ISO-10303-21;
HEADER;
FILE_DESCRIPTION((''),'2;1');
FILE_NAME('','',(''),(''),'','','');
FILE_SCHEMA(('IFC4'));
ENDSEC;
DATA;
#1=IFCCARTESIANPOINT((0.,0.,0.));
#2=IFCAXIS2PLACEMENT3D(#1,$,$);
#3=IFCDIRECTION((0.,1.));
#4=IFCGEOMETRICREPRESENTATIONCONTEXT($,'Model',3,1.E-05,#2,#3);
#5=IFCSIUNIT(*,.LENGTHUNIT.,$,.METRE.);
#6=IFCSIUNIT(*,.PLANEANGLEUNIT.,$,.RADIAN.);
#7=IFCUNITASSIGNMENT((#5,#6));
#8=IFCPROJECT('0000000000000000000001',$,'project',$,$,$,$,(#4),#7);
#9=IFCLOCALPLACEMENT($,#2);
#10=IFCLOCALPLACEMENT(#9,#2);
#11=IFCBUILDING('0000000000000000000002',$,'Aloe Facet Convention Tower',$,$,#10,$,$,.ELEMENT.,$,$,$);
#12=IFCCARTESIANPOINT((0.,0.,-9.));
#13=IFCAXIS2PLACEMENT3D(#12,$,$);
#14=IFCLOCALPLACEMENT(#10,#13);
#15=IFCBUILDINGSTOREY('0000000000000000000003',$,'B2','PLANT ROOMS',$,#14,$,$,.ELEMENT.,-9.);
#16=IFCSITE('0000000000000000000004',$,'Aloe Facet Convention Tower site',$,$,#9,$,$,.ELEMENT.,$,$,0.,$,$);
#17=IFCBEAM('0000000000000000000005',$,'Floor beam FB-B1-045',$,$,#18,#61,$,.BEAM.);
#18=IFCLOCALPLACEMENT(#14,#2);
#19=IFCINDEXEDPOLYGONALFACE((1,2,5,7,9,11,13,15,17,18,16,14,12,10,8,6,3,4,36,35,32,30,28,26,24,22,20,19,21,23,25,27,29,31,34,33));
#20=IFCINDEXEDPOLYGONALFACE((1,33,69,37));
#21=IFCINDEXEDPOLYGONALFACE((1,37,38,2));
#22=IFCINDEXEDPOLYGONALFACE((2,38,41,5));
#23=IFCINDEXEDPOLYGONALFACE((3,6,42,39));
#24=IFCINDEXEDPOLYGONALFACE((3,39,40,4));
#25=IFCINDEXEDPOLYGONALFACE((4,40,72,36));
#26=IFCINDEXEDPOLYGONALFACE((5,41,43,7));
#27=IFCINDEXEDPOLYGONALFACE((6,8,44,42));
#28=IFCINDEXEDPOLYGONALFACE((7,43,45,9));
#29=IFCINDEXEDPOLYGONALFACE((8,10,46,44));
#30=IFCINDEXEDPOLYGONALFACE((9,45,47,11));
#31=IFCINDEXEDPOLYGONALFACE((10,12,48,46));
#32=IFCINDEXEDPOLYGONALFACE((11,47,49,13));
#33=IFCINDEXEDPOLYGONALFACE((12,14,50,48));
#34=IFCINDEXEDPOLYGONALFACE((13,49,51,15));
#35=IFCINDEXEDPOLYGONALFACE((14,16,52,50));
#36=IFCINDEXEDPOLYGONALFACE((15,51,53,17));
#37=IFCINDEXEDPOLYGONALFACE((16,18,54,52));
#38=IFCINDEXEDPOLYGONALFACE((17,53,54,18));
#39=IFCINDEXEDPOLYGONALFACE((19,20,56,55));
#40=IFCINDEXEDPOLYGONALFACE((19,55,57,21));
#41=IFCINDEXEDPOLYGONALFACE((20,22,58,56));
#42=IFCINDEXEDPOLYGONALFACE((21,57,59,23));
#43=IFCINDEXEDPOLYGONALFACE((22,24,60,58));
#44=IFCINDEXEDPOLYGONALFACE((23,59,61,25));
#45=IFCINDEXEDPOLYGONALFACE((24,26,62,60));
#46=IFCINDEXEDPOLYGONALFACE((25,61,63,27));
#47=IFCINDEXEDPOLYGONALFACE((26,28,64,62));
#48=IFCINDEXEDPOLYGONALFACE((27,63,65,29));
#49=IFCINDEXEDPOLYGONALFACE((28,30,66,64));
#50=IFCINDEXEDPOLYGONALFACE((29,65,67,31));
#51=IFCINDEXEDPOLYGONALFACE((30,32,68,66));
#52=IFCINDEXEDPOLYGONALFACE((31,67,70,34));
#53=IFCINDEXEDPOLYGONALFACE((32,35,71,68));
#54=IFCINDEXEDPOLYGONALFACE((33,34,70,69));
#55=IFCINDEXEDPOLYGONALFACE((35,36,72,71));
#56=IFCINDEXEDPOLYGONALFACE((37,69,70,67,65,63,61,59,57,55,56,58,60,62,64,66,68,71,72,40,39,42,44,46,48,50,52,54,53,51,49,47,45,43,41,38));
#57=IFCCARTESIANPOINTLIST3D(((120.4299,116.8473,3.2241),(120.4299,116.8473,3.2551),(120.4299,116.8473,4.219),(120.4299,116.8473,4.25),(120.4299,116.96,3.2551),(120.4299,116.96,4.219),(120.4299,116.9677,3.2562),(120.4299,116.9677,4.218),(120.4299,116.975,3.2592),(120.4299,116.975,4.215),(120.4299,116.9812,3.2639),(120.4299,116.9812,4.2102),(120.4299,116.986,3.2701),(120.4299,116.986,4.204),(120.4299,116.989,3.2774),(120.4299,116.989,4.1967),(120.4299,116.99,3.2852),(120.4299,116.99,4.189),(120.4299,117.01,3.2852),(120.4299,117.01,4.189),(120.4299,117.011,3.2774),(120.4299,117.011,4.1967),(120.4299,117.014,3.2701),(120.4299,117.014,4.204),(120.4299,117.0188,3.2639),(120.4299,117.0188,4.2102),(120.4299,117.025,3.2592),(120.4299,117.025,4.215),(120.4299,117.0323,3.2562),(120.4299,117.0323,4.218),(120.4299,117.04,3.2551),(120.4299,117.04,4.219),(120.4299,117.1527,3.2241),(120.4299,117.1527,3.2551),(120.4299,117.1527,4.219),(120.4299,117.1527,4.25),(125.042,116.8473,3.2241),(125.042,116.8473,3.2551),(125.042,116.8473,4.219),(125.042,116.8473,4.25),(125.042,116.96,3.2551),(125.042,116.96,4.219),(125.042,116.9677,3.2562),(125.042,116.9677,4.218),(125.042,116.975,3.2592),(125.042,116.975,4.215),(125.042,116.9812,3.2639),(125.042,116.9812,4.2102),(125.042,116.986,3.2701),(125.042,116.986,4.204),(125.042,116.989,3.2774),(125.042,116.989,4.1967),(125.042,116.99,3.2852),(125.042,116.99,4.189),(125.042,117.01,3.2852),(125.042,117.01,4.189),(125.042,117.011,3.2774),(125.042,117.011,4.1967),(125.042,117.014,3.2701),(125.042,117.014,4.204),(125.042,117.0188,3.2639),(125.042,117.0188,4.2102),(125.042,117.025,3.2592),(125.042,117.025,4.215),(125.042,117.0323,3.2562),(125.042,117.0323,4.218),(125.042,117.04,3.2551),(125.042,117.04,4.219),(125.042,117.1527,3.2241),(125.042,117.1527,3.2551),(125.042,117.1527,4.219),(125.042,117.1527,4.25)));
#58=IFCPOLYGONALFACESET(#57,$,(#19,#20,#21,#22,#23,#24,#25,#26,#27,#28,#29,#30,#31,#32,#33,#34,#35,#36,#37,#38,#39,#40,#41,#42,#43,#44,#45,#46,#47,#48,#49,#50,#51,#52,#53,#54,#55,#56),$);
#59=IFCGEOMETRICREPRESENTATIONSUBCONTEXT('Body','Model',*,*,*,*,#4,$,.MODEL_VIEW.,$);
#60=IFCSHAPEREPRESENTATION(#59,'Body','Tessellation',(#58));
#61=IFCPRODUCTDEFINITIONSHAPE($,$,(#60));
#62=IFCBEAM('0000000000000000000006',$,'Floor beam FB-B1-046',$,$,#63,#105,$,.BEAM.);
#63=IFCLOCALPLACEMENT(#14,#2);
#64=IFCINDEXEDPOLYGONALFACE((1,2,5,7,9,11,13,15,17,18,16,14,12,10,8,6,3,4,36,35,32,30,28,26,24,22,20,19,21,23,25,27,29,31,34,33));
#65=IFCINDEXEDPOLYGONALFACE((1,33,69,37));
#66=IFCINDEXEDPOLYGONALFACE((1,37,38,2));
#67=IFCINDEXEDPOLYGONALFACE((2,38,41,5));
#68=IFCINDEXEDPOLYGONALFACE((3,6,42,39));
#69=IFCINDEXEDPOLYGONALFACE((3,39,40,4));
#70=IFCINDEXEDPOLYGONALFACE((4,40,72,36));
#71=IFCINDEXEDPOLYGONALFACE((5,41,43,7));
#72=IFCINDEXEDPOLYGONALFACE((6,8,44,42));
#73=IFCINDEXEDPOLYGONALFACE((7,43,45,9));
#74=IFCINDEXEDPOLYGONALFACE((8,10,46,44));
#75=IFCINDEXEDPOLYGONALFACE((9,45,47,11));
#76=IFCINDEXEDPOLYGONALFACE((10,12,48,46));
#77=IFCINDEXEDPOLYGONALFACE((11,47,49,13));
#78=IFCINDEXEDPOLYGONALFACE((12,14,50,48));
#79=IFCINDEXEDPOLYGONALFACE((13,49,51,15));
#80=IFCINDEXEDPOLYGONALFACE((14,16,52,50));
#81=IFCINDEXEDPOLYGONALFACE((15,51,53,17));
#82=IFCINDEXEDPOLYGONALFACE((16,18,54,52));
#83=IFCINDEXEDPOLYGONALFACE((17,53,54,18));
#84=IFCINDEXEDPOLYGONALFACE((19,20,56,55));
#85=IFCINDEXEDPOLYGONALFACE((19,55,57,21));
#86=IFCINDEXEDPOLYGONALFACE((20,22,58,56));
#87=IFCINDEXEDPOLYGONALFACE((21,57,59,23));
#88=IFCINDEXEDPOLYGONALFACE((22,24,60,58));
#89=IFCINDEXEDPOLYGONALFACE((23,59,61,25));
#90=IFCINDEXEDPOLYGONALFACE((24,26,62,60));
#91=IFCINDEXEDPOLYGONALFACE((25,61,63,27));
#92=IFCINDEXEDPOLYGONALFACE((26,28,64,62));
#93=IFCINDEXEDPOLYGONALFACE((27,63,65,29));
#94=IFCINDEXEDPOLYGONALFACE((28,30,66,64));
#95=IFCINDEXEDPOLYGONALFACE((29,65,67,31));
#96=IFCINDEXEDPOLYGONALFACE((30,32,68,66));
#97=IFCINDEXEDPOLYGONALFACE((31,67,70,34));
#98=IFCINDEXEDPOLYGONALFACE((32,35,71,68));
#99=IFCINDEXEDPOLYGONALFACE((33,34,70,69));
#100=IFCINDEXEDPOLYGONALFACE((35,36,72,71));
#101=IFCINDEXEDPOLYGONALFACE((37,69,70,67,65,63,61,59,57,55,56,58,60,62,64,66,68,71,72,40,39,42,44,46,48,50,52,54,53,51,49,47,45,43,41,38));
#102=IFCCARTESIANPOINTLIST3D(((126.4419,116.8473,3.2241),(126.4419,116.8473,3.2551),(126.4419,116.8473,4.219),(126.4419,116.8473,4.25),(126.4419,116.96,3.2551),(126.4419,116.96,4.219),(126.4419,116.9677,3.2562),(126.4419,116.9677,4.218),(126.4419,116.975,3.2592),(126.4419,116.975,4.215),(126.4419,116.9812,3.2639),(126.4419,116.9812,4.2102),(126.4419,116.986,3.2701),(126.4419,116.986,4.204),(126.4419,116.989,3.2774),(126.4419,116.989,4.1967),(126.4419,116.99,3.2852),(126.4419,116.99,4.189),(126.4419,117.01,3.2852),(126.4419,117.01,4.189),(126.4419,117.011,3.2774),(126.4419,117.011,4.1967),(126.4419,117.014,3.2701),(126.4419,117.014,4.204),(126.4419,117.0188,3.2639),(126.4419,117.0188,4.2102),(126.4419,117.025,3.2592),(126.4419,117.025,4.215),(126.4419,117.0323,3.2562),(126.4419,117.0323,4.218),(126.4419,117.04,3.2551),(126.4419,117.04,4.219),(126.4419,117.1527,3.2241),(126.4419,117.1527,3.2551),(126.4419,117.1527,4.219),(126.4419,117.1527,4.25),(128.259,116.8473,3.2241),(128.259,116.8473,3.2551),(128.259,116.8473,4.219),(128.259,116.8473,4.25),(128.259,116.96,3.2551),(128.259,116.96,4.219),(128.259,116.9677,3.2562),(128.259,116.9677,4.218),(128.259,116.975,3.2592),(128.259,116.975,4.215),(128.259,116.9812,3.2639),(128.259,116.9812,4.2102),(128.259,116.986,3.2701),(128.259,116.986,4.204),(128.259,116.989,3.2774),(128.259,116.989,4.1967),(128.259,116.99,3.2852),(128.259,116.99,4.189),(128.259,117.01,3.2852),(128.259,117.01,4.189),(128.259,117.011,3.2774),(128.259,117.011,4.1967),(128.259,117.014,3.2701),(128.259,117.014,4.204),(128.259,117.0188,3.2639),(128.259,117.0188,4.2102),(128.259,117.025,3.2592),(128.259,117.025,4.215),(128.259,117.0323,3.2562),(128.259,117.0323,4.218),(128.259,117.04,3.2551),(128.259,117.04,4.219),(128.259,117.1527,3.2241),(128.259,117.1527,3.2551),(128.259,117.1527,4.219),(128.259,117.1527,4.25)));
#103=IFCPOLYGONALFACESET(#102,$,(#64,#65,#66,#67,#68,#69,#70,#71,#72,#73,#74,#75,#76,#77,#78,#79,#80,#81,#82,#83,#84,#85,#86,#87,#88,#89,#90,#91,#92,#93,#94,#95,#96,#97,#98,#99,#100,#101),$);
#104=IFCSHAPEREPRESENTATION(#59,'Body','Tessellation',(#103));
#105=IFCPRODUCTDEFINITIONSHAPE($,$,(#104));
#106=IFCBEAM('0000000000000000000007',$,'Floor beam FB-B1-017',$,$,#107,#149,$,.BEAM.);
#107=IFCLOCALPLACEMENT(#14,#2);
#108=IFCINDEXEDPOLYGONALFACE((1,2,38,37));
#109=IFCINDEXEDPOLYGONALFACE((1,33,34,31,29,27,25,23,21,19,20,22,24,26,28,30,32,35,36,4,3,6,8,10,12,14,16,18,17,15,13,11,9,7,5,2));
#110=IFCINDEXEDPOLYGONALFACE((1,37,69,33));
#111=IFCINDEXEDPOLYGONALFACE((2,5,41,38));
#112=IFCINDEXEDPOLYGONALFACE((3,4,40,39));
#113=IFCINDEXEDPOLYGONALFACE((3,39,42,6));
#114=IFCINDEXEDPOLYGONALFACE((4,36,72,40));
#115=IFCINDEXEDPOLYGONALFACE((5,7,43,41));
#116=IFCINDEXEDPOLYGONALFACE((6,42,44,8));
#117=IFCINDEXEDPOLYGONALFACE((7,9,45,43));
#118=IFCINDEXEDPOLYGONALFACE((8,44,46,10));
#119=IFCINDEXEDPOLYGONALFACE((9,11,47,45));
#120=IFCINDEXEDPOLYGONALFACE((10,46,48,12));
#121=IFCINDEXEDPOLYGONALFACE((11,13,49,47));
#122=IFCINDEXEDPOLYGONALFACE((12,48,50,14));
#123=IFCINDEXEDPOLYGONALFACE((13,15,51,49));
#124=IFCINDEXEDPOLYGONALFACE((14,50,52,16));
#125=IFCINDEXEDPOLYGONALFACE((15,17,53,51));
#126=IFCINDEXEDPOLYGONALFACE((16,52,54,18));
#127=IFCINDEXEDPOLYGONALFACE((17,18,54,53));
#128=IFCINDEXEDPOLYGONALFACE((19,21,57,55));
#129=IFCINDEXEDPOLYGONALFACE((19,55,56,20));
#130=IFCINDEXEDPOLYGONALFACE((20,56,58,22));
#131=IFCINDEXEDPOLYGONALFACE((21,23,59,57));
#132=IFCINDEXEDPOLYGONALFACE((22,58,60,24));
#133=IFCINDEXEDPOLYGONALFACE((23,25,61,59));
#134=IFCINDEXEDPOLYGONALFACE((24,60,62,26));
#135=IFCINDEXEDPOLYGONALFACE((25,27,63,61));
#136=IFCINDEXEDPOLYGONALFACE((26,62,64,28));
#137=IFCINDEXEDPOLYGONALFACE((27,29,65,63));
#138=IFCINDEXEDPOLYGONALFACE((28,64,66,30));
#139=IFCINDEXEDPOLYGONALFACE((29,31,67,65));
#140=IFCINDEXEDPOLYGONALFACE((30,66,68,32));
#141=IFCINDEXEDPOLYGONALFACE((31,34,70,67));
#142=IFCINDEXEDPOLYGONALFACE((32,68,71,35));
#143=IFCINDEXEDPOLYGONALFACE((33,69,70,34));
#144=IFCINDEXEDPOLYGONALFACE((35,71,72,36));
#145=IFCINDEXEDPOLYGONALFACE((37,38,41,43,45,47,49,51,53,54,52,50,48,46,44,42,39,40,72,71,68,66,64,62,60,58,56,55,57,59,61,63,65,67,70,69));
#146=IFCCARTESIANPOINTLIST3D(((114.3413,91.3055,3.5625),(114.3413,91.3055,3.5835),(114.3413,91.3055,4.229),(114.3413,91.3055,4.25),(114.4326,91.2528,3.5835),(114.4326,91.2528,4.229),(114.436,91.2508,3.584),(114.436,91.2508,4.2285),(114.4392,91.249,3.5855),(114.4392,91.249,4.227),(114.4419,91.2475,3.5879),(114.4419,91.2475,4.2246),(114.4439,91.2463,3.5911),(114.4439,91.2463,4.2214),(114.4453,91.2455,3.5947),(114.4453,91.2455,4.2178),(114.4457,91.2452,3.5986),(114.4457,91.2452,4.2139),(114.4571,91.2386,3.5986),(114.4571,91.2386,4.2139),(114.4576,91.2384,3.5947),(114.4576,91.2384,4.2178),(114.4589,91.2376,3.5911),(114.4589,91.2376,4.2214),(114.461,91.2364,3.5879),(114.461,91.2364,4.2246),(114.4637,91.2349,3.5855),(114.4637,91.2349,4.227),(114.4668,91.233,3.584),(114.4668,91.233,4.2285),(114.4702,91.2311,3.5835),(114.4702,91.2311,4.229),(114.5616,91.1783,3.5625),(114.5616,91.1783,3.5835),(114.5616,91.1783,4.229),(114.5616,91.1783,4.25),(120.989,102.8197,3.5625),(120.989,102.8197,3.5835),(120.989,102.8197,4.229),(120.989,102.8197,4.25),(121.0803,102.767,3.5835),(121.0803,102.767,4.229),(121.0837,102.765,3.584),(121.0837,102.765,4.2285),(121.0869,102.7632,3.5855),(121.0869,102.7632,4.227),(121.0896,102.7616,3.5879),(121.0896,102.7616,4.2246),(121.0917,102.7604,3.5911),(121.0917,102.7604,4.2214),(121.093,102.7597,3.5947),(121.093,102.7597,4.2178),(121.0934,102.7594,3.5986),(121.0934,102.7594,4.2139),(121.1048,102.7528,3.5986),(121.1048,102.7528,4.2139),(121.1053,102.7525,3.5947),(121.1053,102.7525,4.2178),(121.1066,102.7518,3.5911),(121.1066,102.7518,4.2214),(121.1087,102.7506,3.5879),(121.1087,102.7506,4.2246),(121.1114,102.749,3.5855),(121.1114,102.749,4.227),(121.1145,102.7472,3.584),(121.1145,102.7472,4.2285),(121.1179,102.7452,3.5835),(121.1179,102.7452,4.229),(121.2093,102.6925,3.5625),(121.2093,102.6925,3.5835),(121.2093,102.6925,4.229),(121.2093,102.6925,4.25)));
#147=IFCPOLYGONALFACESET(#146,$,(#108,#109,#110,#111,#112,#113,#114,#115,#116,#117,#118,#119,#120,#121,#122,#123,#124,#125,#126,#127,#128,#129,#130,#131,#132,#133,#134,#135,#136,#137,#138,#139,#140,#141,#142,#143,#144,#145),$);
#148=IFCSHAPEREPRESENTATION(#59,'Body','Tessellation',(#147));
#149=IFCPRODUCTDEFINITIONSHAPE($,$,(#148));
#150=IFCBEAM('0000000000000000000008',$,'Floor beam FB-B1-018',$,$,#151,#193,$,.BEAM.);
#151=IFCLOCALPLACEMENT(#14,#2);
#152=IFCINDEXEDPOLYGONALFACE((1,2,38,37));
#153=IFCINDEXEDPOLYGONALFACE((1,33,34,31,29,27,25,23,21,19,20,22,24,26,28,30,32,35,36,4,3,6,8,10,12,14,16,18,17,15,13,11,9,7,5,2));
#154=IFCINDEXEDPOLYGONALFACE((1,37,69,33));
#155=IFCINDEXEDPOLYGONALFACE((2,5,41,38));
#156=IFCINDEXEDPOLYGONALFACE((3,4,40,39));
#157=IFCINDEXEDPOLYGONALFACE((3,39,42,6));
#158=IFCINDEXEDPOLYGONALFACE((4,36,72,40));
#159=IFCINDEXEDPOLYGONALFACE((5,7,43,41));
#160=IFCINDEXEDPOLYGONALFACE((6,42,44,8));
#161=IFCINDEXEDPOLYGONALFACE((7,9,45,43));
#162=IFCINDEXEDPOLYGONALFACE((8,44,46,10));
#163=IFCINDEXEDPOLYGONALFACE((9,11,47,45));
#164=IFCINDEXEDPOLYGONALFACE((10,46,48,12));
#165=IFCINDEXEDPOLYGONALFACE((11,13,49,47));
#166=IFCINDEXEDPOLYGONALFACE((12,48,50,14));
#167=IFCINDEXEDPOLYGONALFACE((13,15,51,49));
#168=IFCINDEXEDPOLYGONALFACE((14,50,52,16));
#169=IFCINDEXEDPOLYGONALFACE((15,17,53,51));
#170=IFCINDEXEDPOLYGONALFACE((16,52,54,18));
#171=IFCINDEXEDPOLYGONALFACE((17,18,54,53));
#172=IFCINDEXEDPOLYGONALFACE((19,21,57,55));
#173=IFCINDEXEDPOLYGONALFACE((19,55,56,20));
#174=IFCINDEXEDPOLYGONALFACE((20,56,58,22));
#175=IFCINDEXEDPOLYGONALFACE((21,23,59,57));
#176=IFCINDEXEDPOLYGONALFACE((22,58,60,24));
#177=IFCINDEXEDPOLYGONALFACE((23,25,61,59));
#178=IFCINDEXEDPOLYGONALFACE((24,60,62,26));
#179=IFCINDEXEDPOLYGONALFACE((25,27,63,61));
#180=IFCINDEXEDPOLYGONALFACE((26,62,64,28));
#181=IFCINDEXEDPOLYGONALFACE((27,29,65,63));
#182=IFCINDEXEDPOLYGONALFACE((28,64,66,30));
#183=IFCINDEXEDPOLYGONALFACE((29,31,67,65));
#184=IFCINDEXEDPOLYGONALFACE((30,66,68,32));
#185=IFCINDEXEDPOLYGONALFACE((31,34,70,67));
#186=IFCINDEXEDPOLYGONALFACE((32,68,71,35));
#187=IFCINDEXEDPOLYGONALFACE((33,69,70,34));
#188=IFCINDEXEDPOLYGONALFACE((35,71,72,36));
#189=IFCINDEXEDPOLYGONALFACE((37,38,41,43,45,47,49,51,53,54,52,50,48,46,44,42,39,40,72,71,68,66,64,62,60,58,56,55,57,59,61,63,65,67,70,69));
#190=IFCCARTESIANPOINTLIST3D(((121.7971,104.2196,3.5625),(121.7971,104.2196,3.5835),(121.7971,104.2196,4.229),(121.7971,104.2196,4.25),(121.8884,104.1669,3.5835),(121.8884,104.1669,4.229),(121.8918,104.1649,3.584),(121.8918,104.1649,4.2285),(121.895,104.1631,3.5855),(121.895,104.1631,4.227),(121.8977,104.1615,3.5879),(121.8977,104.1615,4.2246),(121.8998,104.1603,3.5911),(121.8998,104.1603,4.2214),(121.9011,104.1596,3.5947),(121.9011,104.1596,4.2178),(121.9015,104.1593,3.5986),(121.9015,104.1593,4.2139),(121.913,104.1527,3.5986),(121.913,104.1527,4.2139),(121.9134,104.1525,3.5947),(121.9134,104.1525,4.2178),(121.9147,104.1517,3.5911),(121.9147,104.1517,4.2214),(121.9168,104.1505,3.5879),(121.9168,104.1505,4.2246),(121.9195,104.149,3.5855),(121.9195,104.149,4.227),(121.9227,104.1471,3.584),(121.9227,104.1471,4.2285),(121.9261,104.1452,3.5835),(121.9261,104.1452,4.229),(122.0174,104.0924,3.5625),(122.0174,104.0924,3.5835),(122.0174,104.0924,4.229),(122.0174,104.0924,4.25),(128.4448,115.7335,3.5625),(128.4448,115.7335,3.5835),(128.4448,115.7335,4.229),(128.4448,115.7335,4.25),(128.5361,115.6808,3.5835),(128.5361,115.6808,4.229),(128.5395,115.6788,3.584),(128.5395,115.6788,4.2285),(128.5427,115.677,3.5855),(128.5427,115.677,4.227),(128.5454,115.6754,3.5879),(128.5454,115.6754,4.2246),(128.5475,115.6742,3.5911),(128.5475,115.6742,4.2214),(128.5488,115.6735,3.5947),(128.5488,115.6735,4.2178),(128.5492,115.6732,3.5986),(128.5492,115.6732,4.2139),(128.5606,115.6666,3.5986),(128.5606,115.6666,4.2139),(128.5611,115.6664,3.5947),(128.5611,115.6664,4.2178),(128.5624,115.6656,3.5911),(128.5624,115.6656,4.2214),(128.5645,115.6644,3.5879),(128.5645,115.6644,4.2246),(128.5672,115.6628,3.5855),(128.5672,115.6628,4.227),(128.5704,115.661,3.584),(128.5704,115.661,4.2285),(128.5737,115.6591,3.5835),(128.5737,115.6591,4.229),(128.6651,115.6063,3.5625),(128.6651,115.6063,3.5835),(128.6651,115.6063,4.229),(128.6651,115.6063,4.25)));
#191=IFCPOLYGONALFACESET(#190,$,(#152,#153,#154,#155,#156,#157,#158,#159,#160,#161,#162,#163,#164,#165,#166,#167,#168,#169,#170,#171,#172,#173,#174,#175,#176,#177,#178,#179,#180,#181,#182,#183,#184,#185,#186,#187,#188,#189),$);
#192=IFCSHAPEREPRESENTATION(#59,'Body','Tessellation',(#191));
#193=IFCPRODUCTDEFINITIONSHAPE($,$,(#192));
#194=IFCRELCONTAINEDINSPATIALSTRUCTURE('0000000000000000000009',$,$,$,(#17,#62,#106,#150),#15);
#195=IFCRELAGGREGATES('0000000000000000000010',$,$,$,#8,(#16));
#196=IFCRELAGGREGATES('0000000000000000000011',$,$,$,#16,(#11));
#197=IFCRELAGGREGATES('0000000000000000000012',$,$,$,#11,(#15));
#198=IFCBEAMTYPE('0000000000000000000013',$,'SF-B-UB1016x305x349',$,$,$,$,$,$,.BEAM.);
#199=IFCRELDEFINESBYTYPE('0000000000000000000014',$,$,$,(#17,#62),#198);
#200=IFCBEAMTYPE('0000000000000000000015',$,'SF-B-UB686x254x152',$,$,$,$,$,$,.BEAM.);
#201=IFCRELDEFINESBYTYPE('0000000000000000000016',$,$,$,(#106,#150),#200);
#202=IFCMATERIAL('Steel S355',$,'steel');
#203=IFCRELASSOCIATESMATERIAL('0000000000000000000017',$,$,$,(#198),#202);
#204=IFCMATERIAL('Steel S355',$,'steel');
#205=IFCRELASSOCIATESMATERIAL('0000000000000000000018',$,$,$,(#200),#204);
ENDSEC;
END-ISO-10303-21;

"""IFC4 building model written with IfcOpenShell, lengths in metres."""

from ifc_helpers import new_model, si_unit, direction, frame, origin, origin_2d, place, context, subcontext, project, spatial, i_section, extrude, material, material_profile, profile_set, type_object, element, save


model = new_model("IFC4")

# Units and contexts
model_context = context("Model", 3, precision=1e-05, world=origin(), true_north=direction((0.0, 1.0)))
body_context = subcontext(model_context, "Body", "Model", "MODEL_VIEW")
ifc_project = project(units=[si_unit("LENGTHUNIT", "METRE"), si_unit("PLANEANGLEUNIT", "RADIAN")], contexts=[model_context])

# Site, building, storey
site_placement = place(None, origin())
site = spatial("IfcSite", under=ifc_project, at=site_placement, Name="Aloe Facet Convention Tower site", CompositionType="ELEMENT", RefElevation=0.0)
building_placement = place(site_placement, origin())
building = spatial("IfcBuilding", under=site, at=building_placement, Name="Aloe Facet Convention Tower", CompositionType="ELEMENT")
storey_placement = place(building_placement, frame((0.0, 0.0, -9.0)))
storey = spatial("IfcBuildingStorey", under=building, at=storey_placement, Name="B2", Description="PLANT ROOMS", CompositionType="ELEMENT", Elevation=-9.0)

# Beams
ifc_material_1 = material(Name="Steel S355", Category="steel")
ifc_material_profile_1 = material_profile(ifc_material_1, i_section(OverallWidth=0.3054, OverallDepth=1.0259, WebThickness=0.02, FlangeThickness=0.031, FilletRadius=0.03, at=origin_2d()), Name="UB 1016x305x349")
ifc_profile_set_1 = profile_set([ifc_material_profile_1], Name="Steel S355")
beam_type_1 = type_object("IfcBeamType", Name="SF-B-UB1016x305x349", PredefinedType="BEAM", material=ifc_profile_set_1)
beam_1_placement = place(storey_placement, frame((120.4299, 117.0, 3.7371), z_axis=(1.0, 0.0, 0.0), x_axis=(0.0, 1.0, 0.0)))
element("IfcBeam", 1, at=beam_1_placement, inside=storey, type_object=beam_type_1, Name="Floor beam FB-B1-045", PredefinedType="BEAM", context=body_context, shape_type="SweptSolid", body=[
    extrude(i_section(OverallWidth=0.3054, OverallDepth=1.0259, WebThickness=0.02, FlangeThickness=0.031, FilletRadius=0.03, at=origin_2d()), origin(), (0.0, 0.0, 1.0), 4.6121),
])
beam_2_placement = place(storey_placement, frame((126.4419, 117.0, 3.7371), z_axis=(1.0, 0.0, 0.0), x_axis=(0.0, 1.0, 0.0)))
element("IfcBeam", 2, at=beam_2_placement, inside=storey, type_object=beam_type_1, Name="Floor beam FB-B1-046", PredefinedType="BEAM", context=body_context, shape_type="SweptSolid", body=[
    extrude(i_section(OverallWidth=0.3054, OverallDepth=1.0259, WebThickness=0.02, FlangeThickness=0.031, FilletRadius=0.03, at=origin_2d()), origin(), (0.0, 0.0, 1.0), 1.8171),
])
ifc_material_2 = material(Name="Steel S355", Category="steel")
ifc_material_profile_2 = material_profile(ifc_material_2, i_section(OverallWidth=0.2544, OverallDepth=0.6875, WebThickness=0.0132, FlangeThickness=0.021, FilletRadius=0.0151, at=origin_2d()), Name="UB 686x254x152")
ifc_profile_set_2 = profile_set([ifc_material_profile_2], Name="Steel S355")
beam_type_2 = type_object("IfcBeamType", Name="SF-B-UB686x254x152", PredefinedType="BEAM", material=ifc_profile_set_2)
beam_3_placement = place(storey_placement, frame((121.0991, 102.7561, 3.9062), z_axis=(-0.5, -0.866025, 0.0), x_axis=(0.866025, -0.5, 0.0)))
element("IfcBeam", 3, at=beam_3_placement, inside=storey, type_object=beam_type_2, Name="Floor beam FB-B1-017", PredefinedType="BEAM", context=body_context, shape_type="SweptSolid", body=[
    extrude(i_section(OverallWidth=0.2544, OverallDepth=0.6875, WebThickness=0.0132, FlangeThickness=0.021, FilletRadius=0.0151, at=origin_2d()), origin(), (0.0, 0.0, 1.0), 13.2954),
])
beam_4_placement = place(storey_placement, frame((128.5549, 115.6699, 3.9062), z_axis=(-0.500008, -0.866021, 0.0), x_axis=(0.866021, -0.500008, 0.0)))
element("IfcBeam", 4, at=beam_4_placement, inside=storey, type_object=beam_type_2, Name="Floor beam FB-B1-018", PredefinedType="BEAM", context=body_context, shape_type="SweptSolid", body=[
    extrude(i_section(OverallWidth=0.2544, OverallDepth=0.6875, WebThickness=0.0132, FlangeThickness=0.021, FilletRadius=0.0151, at=origin_2d()), origin(), (0.0, 0.0, 1.0), 13.2952),
])

save(model, "model.ifc")
